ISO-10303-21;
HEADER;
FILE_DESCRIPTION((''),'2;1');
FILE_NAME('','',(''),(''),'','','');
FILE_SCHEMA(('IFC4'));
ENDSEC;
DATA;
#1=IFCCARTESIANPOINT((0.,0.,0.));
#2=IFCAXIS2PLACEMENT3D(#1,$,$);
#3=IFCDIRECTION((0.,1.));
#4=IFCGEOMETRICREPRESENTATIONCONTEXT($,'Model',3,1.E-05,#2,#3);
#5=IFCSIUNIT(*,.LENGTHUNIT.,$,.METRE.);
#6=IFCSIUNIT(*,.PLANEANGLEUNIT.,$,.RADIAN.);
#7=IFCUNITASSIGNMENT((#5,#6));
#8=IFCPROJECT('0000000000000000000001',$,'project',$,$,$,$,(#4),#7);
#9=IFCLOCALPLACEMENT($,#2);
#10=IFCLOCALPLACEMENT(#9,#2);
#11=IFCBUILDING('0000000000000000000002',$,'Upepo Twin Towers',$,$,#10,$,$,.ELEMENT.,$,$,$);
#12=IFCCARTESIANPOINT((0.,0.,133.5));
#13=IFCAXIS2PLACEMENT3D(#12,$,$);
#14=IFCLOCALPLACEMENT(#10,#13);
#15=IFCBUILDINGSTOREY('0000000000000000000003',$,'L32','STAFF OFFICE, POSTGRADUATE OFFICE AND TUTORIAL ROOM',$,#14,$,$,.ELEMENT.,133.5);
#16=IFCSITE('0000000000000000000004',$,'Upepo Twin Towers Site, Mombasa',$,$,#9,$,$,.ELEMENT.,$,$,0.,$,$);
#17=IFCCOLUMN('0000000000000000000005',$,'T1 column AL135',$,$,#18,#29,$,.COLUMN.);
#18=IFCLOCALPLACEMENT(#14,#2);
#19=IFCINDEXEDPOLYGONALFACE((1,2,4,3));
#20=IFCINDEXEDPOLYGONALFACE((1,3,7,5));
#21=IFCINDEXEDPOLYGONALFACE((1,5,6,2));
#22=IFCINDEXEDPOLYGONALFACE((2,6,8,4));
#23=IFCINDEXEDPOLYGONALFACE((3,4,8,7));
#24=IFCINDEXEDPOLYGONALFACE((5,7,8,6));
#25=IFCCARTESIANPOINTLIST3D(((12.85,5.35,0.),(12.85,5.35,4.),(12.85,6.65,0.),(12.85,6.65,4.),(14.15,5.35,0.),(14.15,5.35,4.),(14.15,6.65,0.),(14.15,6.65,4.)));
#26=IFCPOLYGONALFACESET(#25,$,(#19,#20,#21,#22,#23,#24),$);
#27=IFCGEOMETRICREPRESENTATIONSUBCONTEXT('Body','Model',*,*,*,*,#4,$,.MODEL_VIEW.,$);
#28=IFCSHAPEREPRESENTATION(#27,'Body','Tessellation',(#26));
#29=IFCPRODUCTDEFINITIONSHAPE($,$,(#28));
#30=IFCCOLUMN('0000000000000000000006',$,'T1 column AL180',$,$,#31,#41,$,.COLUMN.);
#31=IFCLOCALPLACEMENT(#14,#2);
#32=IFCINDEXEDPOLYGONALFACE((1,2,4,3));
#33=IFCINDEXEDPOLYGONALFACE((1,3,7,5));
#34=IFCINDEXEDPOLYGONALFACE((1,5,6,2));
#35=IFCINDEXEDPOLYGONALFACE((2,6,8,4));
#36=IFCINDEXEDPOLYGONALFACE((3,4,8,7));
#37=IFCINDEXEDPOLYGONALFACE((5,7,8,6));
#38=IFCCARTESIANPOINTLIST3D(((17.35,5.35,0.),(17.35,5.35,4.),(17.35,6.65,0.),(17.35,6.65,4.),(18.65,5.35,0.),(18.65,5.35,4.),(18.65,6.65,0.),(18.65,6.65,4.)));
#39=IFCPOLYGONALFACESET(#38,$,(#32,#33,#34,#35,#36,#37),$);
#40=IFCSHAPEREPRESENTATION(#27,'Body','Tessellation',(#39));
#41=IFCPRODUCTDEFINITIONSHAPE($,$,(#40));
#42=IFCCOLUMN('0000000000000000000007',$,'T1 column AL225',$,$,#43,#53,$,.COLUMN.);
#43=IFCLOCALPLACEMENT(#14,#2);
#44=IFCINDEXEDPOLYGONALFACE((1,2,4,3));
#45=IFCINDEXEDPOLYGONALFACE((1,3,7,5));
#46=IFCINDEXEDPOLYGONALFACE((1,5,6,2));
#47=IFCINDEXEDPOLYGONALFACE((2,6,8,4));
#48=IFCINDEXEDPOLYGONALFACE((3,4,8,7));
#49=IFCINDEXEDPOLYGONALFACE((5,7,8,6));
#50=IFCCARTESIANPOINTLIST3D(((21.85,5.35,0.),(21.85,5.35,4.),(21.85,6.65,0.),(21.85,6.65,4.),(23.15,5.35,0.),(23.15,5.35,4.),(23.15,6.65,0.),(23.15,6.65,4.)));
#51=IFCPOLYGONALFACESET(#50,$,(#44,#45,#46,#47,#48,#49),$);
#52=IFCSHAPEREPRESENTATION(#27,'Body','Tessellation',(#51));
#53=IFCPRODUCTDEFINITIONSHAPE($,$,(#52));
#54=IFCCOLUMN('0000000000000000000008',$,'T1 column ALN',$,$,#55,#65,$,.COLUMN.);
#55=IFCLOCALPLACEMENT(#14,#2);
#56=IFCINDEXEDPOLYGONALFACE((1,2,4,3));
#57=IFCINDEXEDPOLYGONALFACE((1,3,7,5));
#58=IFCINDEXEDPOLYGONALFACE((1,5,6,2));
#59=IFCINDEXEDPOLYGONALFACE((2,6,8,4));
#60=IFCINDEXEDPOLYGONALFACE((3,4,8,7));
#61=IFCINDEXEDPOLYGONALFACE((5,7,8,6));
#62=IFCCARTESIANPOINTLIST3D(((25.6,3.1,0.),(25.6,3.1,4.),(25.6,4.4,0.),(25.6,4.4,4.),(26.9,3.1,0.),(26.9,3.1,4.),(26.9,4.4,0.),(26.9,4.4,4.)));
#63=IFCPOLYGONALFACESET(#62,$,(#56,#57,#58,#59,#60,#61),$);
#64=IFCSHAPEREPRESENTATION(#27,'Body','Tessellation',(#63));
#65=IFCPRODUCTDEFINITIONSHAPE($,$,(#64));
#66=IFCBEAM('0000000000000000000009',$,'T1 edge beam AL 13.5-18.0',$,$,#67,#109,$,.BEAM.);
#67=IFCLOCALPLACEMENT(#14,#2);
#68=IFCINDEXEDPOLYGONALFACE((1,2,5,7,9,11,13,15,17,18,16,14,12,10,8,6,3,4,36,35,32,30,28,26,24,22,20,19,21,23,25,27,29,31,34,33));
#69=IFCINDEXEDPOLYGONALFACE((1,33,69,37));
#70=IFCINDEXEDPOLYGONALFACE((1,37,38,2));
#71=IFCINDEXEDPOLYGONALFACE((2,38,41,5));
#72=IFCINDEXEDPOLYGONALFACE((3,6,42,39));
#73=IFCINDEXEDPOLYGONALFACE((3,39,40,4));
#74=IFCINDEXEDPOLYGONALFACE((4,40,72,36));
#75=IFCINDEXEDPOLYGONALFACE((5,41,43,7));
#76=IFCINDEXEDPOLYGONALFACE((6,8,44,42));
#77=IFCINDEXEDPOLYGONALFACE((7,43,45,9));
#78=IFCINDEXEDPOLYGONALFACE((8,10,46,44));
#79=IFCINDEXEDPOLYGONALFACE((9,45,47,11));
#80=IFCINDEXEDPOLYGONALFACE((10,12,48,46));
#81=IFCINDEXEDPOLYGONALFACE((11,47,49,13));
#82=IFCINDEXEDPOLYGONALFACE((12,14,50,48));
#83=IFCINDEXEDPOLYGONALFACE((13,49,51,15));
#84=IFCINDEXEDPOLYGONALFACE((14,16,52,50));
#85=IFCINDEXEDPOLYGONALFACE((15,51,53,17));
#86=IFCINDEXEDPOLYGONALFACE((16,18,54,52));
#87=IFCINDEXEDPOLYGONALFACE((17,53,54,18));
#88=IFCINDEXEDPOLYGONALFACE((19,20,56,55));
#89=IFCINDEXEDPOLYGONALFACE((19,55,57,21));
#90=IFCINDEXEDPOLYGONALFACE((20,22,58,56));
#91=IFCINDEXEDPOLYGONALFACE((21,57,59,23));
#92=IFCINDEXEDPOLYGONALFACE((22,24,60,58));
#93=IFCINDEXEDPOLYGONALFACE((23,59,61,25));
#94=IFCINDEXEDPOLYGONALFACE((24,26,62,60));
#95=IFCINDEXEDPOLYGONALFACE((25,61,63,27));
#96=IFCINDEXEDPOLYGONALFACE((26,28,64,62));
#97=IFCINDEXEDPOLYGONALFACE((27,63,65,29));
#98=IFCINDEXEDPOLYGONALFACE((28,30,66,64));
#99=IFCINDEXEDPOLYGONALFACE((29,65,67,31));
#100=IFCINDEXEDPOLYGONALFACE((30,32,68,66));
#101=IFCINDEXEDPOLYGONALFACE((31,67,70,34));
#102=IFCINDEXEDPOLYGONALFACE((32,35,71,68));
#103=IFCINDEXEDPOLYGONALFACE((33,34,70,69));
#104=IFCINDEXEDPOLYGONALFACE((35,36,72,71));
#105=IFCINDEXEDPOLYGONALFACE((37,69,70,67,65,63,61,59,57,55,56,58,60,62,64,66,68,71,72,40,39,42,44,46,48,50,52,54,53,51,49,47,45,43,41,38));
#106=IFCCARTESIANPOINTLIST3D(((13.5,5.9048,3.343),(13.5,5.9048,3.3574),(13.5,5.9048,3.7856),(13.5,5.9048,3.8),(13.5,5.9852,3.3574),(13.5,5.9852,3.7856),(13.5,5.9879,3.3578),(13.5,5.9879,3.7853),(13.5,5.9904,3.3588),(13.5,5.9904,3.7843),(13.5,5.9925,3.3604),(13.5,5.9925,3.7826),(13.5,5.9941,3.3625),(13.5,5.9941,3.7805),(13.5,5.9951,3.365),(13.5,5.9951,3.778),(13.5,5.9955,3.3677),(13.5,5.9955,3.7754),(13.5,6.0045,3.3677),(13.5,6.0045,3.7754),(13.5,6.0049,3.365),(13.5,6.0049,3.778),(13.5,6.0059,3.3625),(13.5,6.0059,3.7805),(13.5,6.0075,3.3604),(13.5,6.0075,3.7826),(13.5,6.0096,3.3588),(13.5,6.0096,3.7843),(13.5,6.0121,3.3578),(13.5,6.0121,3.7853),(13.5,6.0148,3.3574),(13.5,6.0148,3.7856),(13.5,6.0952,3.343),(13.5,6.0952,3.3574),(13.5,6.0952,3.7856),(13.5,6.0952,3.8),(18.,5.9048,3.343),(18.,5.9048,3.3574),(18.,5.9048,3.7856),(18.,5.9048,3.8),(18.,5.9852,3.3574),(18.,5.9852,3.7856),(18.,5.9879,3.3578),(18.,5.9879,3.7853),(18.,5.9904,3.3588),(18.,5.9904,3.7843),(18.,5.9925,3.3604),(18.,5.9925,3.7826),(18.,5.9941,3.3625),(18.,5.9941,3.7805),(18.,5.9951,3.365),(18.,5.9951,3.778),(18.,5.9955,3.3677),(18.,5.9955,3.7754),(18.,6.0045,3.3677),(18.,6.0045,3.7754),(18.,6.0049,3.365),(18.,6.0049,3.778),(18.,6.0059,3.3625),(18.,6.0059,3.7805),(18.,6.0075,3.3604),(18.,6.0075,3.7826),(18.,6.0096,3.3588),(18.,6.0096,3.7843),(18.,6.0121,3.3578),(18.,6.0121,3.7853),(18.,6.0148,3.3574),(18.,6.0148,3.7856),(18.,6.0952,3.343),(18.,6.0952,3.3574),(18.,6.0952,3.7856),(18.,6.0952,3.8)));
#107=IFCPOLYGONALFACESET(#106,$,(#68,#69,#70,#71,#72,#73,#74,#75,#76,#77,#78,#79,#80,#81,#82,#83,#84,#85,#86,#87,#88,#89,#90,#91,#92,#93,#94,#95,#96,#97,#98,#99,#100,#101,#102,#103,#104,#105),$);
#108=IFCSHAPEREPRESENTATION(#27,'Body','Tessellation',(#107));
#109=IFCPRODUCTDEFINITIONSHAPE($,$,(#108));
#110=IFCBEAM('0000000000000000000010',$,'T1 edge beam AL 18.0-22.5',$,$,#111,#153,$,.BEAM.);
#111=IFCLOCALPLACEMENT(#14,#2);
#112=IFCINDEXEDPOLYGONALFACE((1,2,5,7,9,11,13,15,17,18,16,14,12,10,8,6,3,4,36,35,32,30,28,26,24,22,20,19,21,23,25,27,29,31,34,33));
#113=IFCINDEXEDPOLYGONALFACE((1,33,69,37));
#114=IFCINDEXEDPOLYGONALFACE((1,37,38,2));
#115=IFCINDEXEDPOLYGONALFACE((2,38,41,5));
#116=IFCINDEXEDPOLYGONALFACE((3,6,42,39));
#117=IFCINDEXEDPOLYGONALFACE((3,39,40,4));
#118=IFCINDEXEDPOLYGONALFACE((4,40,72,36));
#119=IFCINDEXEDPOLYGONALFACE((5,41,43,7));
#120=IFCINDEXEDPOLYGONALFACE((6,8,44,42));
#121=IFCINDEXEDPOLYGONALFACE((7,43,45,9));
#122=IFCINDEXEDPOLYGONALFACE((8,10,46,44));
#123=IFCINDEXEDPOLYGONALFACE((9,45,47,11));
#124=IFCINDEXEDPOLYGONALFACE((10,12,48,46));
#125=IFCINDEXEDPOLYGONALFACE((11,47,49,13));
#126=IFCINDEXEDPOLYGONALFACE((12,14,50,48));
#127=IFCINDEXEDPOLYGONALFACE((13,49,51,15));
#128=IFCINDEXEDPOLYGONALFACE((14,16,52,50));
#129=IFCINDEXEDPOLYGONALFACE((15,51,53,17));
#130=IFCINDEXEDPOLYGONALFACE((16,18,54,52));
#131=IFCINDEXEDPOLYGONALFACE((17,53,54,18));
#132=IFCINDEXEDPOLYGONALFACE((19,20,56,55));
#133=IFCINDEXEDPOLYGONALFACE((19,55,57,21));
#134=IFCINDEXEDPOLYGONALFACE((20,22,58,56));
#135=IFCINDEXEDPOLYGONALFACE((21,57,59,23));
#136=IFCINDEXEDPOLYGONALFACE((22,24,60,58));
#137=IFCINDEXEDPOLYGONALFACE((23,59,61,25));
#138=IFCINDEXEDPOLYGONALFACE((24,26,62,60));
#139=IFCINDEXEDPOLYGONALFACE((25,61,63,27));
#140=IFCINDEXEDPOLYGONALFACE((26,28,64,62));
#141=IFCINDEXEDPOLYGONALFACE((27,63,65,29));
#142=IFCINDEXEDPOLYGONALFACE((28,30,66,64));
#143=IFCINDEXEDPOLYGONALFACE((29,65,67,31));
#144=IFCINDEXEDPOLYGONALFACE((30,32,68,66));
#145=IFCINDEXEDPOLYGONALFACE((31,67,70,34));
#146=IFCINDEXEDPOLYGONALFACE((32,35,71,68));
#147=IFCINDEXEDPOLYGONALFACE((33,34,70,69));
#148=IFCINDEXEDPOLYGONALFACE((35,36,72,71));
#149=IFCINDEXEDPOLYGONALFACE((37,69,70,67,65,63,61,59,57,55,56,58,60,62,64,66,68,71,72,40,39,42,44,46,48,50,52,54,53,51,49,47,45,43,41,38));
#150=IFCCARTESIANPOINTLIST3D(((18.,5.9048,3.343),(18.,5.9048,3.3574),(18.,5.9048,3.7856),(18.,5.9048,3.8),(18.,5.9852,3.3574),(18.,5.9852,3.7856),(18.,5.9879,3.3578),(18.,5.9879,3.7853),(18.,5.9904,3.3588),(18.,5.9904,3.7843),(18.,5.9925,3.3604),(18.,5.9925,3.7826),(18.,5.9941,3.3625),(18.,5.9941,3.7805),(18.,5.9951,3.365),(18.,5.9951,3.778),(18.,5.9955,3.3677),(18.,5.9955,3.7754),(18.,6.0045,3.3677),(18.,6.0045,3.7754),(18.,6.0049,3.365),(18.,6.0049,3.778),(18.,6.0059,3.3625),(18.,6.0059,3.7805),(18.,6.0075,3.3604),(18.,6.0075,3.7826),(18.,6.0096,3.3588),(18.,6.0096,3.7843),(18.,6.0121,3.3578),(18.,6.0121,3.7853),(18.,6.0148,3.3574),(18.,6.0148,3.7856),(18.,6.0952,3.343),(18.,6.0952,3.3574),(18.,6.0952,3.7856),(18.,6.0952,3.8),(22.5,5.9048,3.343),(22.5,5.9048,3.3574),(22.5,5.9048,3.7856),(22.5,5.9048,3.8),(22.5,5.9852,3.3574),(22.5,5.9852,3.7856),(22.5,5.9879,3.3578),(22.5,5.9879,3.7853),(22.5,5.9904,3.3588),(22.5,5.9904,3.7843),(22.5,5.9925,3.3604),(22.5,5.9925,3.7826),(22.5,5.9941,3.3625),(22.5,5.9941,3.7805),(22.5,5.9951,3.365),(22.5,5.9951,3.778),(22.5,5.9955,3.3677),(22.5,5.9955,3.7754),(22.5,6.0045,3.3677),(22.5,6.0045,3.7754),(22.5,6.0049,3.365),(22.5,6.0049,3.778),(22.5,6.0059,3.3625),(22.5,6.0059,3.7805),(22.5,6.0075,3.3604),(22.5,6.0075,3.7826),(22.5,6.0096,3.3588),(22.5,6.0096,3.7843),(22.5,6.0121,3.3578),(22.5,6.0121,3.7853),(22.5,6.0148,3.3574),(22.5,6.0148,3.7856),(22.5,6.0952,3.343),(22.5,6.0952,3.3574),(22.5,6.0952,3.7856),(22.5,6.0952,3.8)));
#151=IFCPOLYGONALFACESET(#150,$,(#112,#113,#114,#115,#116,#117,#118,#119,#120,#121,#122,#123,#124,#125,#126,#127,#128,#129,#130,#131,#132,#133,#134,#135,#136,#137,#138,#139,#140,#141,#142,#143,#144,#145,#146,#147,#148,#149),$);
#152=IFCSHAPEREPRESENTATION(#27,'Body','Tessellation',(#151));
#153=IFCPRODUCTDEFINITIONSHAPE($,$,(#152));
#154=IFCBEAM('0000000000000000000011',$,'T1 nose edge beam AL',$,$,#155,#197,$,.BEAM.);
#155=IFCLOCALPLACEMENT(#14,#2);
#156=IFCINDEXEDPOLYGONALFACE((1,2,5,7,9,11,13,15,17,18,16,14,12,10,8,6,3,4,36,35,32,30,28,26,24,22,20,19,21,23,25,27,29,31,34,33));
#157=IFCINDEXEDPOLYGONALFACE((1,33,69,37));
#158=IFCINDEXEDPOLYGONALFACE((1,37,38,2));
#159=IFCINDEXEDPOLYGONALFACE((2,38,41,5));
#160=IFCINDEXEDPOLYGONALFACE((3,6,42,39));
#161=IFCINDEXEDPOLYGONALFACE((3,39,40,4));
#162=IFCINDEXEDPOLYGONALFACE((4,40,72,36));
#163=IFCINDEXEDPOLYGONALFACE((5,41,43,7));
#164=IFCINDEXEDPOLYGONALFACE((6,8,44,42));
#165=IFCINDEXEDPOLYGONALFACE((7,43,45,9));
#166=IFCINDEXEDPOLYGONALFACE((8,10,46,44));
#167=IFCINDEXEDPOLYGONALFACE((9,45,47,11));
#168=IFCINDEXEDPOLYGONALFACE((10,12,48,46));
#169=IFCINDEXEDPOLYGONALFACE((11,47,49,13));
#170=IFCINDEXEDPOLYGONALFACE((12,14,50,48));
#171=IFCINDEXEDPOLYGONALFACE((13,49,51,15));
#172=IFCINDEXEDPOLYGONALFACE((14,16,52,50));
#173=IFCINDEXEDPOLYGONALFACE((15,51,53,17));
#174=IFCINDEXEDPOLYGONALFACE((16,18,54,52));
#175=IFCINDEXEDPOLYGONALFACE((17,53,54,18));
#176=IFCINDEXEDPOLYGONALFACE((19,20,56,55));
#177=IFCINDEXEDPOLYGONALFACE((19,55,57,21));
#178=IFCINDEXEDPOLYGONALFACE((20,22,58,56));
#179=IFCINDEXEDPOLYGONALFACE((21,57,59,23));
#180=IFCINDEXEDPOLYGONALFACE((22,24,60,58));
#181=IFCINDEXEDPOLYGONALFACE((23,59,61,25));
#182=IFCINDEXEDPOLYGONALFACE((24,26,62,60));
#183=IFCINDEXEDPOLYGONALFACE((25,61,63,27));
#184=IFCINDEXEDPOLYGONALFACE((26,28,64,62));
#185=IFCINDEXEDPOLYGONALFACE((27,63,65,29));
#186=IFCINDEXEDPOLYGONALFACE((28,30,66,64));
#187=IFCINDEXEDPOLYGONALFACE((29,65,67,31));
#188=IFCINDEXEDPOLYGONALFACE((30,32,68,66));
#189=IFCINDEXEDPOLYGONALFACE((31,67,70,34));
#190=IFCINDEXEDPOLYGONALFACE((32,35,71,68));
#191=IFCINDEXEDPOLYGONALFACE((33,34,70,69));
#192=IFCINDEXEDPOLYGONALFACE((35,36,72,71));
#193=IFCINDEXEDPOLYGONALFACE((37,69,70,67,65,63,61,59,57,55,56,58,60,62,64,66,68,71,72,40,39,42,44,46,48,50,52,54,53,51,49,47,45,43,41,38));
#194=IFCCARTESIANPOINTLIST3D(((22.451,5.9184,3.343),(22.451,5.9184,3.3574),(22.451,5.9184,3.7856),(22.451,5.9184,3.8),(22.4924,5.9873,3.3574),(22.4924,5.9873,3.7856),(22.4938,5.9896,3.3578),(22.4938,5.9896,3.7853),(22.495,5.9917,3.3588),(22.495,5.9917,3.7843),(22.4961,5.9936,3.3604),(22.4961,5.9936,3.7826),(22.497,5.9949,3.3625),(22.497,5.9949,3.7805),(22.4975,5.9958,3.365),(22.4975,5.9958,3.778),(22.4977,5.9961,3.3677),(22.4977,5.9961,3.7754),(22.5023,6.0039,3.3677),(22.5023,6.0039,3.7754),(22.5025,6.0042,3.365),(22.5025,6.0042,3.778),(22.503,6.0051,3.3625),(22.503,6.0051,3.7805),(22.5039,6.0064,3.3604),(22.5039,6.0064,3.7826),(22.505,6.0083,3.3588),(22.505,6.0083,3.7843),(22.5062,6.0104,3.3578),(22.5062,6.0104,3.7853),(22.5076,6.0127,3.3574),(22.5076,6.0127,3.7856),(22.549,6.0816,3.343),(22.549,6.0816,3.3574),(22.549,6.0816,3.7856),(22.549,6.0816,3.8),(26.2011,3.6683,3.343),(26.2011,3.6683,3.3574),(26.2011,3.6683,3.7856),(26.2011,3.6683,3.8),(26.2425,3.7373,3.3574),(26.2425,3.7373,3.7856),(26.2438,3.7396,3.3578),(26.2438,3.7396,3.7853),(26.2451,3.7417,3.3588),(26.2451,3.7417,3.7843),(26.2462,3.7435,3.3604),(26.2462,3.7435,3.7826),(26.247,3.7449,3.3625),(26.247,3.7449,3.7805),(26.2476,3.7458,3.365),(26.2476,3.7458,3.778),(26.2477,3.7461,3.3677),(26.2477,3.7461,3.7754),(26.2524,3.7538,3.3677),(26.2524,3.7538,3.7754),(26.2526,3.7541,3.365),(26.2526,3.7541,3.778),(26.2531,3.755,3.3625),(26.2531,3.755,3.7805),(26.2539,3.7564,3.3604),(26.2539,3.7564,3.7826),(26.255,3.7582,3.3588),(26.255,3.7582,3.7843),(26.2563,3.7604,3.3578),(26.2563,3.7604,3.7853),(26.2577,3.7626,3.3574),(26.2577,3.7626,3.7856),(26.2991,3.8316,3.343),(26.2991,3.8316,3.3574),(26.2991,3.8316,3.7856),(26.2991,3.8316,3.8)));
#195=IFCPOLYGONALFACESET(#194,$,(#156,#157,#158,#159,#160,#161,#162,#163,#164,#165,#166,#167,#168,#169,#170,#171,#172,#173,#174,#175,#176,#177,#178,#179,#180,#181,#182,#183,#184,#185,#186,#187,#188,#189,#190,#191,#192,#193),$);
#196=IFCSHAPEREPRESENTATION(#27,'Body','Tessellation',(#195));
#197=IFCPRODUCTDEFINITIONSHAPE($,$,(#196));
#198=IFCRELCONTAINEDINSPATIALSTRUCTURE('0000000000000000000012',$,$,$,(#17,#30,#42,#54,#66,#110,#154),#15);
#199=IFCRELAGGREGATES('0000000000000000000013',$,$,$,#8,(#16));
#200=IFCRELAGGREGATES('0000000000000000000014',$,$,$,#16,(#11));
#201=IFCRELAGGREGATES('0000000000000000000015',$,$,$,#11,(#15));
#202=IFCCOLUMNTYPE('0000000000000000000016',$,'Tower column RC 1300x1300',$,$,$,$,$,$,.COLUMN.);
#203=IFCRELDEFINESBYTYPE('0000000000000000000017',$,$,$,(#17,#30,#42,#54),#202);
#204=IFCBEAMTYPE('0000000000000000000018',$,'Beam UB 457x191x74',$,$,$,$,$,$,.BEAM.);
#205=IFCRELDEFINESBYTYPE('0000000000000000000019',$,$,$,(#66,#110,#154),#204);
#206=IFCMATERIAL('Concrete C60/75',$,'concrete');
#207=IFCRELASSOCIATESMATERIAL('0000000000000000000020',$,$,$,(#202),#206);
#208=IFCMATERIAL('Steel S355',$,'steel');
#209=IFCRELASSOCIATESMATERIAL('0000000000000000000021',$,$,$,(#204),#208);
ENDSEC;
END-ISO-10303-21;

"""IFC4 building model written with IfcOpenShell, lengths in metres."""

from ifc_helpers import new_model, si_unit, direction, frame, origin, origin_2d, place, context, subcontext, project, spatial, rectangle, i_section, extrude, material, material_profile, profile_set, type_object, element, save


model = new_model("IFC4")

# Units and contexts
model_context = context("Model", 3, precision=1e-05, world=origin(), true_north=direction((0.0, 1.0)))
body_context = subcontext(model_context, "Body", "Model", "MODEL_VIEW")
ifc_project = project(units=[si_unit("LENGTHUNIT", "METRE"), si_unit("PLANEANGLEUNIT", "RADIAN")], contexts=[model_context])

# Site, building, storey
site_placement = place(None, origin())
site = spatial("IfcSite", under=ifc_project, at=site_placement, Name="Upepo Twin Towers Site, Mombasa", CompositionType="ELEMENT", RefElevation=0.0)
building_placement = place(site_placement, origin())
building = spatial("IfcBuilding", under=site, at=building_placement, Name="Upepo Twin Towers", CompositionType="ELEMENT")
storey_placement = place(building_placement, frame((0.0, 0.0, 133.5)))
storey = spatial("IfcBuildingStorey", under=building, at=storey_placement, Name="L32", Description="STAFF OFFICE, POSTGRADUATE OFFICE AND TUTORIAL ROOM", CompositionType="ELEMENT", Elevation=133.5)

# Columns
ifc_material_1 = material(Name="Concrete C60/75", Category="concrete")
ifc_material_profile_1 = material_profile(ifc_material_1, rectangle(XDim=1.3, YDim=1.3, at=origin_2d()), Name="RC 1300x1300")
ifc_profile_set_1 = profile_set([ifc_material_profile_1], Name="Concrete C60/75")
column_type = type_object("IfcColumnType", Name="Tower column RC 1300x1300", PredefinedType="COLUMN", material=ifc_profile_set_1)
for number, where, z_axis, x_axis, name in (
    (1, (13.5, 6.0, 0.0), (0.0, 0.0, 1.0), (1.0, 0.0, 0.0), "T1 column AL135"),
    (2, (18.0, 6.0, 0.0), (0.0, 0.0, 1.0), (1.0, 0.0, 0.0), "T1 column AL180"),
    (3, (22.5, 6.0, 0.0), (0.0, 0.0, 1.0), (1.0, 0.0, 0.0), "T1 column AL225"),
    (4, (26.25, 3.75, 0.0), (0.0, 0.0, 1.0), (1.0, 0.0, 0.0), "T1 column ALN"),
):
    element("IfcColumn", number, at=place(storey_placement, frame(where, z_axis=z_axis, x_axis=x_axis)), inside=storey, type_object=column_type, Name=name, PredefinedType="COLUMN", context=body_context, shape_type="SweptSolid", body=[
        extrude(rectangle(XDim=1.3, YDim=1.3, at=origin_2d()), origin(), (0.0, 0.0, 1.0), 4.0),
    ])

# Beams
ifc_material_2 = material(Name="Steel S355", Category="steel")
ifc_material_profile_2 = material_profile(ifc_material_2, i_section(OverallWidth=0.1904, OverallDepth=0.457, WebThickness=0.009, FlangeThickness=0.0144, FilletRadius=0.0103, at=origin_2d()), Name="UB 457x191x74")
ifc_profile_set_2 = profile_set([ifc_material_profile_2], Name="Steel S355")
beam_type_1 = type_object("IfcBeamType", Name="Beam UB 457x191x74", PredefinedType="BEAM", material=ifc_profile_set_2)
for number, where, z_axis, x_axis, name in (
    (5, (13.5, 6.0, 3.5715), (1.0, 0.0, 0.0), (0.0, 1.0, 0.0), "T1 edge beam AL 13.5-18.0"),
    (6, (18.0, 6.0, 3.5715), (1.0, 0.0, 0.0), (0.0, 1.0, 0.0), "T1 edge beam AL 18.0-22.5"),
):
    element("IfcBeam", number, at=place(storey_placement, frame(where, z_axis=z_axis, x_axis=x_axis)), inside=storey, type_object=beam_type_1, Name=name, PredefinedType="BEAM", context=body_context, shape_type="SweptSolid", body=[
        extrude(i_section(OverallWidth=0.1904, OverallDepth=0.457, WebThickness=0.009, FlangeThickness=0.0144, FilletRadius=0.0103, at=origin_2d()), origin(), (0.0, 0.0, 1.0), 4.5),
    ])
beam_1_placement = place(storey_placement, frame((22.5, 6.0, 3.5715), z_axis=(0.857493, -0.514496, 0.0), x_axis=(0.514496, 0.857493, 0.0)))
element("IfcBeam", 7, at=beam_1_placement, inside=storey, type_object=beam_type_1, Name="T1 nose edge beam AL", PredefinedType="BEAM", context=body_context, shape_type="SweptSolid", body=[
    extrude(i_section(OverallWidth=0.1904, OverallDepth=0.457, WebThickness=0.009, FlangeThickness=0.0144, FilletRadius=0.0103, at=origin_2d()), origin(), (0.0, 0.0, 1.0), 4.3733),
])

save(model, "model.ifc")
